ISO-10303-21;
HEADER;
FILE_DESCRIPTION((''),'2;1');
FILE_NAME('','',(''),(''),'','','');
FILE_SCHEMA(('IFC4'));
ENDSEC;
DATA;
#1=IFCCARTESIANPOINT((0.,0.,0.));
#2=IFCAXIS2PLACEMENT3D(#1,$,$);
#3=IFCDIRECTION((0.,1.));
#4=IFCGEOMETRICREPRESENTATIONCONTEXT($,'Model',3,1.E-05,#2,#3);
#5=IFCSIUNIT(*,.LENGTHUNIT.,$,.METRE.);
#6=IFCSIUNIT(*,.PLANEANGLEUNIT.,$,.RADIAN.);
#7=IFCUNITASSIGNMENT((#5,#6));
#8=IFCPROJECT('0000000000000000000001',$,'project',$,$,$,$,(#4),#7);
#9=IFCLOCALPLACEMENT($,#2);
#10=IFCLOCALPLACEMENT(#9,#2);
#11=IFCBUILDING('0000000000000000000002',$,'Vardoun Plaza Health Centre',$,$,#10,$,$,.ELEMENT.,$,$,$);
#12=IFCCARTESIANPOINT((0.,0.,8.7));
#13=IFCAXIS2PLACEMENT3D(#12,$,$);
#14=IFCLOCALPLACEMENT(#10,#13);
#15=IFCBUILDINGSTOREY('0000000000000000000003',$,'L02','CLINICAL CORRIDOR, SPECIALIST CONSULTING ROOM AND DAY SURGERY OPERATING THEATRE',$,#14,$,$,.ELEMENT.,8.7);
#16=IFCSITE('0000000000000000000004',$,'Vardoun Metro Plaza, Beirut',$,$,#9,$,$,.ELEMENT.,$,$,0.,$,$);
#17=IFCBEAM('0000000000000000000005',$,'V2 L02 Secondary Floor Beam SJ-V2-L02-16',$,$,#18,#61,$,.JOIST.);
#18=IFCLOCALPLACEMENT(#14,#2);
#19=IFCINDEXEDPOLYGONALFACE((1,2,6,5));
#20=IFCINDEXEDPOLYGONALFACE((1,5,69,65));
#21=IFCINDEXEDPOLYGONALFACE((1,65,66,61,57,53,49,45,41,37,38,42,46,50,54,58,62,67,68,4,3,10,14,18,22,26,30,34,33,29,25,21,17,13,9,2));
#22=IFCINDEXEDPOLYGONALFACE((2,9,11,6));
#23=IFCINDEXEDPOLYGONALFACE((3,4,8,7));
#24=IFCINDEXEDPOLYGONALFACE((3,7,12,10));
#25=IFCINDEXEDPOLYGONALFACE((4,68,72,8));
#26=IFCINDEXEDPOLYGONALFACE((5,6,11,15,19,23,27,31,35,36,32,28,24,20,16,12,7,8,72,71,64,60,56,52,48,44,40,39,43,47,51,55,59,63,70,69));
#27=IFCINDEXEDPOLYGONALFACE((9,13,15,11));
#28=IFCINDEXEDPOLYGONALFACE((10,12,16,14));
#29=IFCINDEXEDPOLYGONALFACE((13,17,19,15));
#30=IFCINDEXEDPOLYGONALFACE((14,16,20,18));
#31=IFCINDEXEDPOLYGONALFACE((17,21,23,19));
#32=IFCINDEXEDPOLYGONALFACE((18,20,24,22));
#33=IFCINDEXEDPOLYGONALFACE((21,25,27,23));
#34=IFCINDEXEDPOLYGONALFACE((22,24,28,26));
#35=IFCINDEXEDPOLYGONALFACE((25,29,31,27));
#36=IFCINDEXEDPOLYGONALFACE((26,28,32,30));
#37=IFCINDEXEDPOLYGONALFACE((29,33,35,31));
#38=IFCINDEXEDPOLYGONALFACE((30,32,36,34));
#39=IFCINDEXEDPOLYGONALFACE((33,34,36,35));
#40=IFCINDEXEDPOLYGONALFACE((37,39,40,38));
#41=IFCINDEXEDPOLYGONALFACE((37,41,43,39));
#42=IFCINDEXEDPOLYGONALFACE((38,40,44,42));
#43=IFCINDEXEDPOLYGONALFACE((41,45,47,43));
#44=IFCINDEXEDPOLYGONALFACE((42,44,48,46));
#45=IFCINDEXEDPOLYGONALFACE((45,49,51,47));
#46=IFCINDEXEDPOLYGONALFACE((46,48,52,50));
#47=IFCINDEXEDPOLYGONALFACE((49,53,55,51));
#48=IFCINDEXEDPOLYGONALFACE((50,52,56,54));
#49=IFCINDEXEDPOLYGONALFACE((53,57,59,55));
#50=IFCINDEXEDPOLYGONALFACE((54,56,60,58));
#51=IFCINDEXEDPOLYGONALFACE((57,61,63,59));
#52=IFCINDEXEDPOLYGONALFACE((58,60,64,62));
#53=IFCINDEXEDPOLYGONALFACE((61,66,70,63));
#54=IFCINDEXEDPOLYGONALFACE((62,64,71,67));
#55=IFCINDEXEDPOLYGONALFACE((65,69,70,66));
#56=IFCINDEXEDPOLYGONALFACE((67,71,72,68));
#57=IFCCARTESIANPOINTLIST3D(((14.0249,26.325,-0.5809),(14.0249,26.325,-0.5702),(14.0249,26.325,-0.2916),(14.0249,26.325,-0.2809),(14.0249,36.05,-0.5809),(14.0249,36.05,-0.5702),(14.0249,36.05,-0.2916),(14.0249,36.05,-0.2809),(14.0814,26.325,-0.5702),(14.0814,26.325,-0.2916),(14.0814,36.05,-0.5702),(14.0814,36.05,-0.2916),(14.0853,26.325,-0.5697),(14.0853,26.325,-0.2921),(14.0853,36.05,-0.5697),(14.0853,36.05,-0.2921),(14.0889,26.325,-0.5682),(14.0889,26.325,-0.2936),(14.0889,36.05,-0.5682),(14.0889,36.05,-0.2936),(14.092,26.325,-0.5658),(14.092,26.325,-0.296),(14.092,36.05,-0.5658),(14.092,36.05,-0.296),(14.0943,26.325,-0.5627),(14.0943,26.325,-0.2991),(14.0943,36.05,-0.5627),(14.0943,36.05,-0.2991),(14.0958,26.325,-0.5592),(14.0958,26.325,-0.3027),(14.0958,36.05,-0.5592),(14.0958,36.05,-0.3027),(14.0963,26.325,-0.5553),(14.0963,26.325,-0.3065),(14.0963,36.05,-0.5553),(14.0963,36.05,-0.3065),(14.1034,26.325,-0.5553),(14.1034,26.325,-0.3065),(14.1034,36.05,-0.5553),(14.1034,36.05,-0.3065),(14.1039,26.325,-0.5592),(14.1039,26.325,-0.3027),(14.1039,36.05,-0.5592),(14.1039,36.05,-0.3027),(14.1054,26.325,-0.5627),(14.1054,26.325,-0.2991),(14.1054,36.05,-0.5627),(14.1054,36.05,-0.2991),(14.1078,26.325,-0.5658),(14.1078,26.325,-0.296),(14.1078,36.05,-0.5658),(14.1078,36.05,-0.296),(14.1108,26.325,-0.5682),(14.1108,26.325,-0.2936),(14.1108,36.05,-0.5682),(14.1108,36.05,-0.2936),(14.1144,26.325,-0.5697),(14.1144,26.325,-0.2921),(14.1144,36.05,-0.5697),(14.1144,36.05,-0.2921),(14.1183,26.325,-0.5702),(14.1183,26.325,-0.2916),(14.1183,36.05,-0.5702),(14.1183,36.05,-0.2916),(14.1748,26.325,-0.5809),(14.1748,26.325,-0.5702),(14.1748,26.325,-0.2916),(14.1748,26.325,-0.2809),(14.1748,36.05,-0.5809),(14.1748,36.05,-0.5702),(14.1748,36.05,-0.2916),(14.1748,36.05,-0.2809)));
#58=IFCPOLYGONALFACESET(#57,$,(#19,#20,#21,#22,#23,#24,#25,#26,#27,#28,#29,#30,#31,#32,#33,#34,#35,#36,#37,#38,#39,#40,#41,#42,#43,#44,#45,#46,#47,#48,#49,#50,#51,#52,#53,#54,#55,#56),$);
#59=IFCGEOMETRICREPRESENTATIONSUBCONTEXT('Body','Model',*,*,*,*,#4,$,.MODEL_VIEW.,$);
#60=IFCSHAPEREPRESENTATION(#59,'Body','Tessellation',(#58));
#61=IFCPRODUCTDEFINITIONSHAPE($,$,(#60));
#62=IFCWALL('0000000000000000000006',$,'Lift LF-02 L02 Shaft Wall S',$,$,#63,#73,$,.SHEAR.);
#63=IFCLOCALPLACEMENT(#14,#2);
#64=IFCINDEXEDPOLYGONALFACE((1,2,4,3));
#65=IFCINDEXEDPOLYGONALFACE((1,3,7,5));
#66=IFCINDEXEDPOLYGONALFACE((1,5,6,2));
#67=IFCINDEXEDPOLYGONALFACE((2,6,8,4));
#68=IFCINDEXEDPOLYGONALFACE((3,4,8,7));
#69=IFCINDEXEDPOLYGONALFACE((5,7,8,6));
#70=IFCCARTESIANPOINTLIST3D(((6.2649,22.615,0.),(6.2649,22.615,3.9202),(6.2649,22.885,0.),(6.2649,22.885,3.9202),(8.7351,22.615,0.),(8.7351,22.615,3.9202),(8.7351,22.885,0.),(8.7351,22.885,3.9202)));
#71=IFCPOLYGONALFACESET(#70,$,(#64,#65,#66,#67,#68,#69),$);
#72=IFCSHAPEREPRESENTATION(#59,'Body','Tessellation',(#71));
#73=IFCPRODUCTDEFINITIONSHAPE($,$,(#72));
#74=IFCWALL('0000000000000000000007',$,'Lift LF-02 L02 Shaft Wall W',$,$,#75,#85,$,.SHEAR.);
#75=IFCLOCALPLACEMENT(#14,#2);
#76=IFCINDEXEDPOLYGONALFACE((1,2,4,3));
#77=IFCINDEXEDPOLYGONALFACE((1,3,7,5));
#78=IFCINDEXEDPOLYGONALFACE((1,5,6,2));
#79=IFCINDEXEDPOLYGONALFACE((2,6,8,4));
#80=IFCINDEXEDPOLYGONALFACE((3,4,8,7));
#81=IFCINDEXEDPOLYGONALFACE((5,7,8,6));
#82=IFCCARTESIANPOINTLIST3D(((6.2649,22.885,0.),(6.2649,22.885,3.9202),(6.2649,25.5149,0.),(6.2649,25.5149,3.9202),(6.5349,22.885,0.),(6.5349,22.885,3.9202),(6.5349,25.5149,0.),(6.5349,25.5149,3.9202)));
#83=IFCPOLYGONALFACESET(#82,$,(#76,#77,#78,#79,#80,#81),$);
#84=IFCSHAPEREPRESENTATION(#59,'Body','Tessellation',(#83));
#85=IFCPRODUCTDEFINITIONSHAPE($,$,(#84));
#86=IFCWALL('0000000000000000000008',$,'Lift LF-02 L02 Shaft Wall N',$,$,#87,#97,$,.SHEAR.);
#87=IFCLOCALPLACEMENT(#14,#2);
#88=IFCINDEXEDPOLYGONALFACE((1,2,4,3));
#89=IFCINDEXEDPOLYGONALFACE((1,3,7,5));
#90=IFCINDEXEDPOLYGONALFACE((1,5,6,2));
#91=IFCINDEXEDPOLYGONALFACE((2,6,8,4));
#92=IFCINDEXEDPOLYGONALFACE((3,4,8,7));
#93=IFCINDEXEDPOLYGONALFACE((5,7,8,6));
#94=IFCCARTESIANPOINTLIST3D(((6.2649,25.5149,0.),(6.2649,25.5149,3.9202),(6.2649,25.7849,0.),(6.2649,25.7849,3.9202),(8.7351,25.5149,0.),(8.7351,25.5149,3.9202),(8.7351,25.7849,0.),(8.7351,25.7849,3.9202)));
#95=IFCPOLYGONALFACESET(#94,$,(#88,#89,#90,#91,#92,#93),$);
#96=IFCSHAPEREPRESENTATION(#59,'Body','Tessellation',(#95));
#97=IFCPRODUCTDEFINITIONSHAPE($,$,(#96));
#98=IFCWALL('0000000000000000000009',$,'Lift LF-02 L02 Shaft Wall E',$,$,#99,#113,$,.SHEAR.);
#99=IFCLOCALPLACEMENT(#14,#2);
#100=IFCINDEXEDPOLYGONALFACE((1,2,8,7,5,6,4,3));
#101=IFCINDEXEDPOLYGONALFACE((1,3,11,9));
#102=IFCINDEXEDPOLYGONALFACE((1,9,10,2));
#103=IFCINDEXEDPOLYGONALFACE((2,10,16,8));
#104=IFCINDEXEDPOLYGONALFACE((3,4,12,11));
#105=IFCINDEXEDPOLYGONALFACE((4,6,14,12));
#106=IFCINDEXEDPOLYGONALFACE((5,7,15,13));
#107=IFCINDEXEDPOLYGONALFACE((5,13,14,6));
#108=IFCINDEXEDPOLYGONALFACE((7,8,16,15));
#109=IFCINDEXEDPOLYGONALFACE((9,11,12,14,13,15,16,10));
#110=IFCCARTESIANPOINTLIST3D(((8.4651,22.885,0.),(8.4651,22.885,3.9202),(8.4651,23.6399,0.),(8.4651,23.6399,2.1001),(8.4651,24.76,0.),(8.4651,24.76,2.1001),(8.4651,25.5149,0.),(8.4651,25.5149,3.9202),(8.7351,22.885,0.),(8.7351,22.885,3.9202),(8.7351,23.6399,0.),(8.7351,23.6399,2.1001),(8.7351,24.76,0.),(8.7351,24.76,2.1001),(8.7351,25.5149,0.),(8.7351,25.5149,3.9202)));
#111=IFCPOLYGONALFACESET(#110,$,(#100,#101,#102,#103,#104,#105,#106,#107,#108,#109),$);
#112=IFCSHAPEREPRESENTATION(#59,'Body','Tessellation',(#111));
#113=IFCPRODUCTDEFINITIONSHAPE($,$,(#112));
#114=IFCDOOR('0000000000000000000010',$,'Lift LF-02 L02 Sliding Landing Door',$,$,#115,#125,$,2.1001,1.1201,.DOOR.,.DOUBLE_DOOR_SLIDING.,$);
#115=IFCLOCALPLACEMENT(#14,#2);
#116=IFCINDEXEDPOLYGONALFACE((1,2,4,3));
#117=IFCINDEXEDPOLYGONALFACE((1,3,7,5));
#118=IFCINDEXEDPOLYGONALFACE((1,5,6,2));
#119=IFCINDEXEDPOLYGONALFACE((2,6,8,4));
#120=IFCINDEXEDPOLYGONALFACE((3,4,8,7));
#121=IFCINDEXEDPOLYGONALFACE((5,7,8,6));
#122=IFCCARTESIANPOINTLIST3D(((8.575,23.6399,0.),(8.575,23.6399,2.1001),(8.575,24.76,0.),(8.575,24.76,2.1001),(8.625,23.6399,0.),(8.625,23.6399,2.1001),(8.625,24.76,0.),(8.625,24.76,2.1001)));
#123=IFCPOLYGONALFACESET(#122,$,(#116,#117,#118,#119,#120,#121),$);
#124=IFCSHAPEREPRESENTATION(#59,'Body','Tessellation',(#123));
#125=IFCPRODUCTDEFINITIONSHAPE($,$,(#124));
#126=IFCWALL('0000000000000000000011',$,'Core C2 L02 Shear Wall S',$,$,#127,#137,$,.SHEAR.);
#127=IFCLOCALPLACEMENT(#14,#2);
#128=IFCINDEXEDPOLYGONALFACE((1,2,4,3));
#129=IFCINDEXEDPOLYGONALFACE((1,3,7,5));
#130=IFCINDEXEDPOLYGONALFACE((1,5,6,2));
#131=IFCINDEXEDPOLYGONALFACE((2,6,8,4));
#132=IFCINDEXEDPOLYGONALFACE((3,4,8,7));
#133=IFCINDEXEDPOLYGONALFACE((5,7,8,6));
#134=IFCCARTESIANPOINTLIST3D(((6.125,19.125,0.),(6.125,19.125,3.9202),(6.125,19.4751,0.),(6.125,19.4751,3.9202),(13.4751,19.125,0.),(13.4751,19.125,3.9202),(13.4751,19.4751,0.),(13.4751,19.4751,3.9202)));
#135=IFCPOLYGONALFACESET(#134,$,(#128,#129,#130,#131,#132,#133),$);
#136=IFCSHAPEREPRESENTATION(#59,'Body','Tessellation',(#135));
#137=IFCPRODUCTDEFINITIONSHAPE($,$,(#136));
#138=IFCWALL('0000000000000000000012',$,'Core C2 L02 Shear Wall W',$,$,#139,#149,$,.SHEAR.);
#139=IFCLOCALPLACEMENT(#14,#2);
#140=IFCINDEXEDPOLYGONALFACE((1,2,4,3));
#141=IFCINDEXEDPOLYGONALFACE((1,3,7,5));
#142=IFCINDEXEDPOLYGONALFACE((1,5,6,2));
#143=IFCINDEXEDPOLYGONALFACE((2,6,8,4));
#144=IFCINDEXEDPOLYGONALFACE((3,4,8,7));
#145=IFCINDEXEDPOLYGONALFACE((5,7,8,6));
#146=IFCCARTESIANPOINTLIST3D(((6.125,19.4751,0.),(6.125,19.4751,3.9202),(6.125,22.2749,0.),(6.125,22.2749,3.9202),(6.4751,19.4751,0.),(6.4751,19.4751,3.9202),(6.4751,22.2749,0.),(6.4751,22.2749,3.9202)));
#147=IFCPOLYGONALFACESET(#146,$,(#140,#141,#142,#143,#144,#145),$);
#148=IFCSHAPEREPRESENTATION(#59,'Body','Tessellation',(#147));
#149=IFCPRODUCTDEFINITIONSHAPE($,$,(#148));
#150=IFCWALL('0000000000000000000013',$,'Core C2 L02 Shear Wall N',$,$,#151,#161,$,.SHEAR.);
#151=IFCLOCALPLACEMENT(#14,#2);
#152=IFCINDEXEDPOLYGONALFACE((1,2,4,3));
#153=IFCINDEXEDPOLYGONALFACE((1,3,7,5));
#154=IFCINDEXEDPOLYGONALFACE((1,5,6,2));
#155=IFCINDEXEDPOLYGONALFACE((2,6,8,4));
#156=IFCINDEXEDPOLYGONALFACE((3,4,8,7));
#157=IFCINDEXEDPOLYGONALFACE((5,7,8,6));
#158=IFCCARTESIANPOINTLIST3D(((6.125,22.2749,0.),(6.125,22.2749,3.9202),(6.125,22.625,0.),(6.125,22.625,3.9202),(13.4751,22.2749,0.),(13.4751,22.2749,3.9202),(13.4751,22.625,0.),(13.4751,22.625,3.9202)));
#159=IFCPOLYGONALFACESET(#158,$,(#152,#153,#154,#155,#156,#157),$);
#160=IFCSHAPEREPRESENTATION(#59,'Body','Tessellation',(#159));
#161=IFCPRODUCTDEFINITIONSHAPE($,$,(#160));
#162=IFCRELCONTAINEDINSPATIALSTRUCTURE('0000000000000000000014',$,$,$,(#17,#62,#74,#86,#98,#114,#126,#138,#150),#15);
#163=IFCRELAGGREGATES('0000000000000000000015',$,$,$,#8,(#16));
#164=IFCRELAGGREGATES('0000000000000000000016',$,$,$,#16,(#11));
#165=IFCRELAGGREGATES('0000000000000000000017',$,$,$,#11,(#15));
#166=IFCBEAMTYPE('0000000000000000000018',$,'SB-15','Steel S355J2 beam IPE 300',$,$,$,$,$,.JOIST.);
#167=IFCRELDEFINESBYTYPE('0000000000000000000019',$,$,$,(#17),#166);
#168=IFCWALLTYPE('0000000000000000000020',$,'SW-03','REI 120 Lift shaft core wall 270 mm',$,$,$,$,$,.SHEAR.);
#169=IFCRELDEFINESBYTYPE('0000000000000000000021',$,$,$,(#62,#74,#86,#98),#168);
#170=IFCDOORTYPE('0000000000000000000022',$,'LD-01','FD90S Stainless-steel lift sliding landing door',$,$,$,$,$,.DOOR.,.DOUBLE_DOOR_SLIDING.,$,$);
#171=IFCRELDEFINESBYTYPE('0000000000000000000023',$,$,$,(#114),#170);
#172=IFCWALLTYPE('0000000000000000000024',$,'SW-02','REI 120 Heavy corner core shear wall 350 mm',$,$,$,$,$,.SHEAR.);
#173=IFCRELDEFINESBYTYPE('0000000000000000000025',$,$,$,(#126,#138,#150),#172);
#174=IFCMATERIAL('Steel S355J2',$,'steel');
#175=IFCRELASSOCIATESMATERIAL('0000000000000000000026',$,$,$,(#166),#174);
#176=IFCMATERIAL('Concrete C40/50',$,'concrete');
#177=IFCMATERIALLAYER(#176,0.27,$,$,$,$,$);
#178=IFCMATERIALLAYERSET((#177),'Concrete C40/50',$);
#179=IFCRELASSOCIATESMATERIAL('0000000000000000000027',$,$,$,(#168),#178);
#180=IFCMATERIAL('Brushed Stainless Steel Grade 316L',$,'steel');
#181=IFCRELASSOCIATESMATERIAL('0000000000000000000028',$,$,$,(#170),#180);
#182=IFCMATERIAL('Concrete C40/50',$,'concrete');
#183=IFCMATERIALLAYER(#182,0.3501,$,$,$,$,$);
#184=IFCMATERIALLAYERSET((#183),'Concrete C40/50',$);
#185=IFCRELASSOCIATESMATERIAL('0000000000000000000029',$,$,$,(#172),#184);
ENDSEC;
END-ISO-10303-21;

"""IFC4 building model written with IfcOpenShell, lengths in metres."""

from ifc_helpers import new_model, si_unit, direction, frame, frame_2d, origin, origin_2d, place, context, subcontext, project, spatial, rectangle, i_section, extrude, material, layer, layer_set, material_profile, profile_set, type_object, element, fill, save


model = new_model("IFC4")

# Units and contexts
model_context = context("Model", 3, precision=1e-05, world=origin(), true_north=direction((0.0, 1.0)))
body_context = subcontext(model_context, "Body", "Model", "MODEL_VIEW")
ifc_project = project(units=[si_unit("LENGTHUNIT", "METRE"), si_unit("PLANEANGLEUNIT", "RADIAN")], contexts=[model_context])

# Site, building, storey
site_placement = place(None, origin())
site = spatial("IfcSite", under=ifc_project, at=site_placement, Name="Vardoun Metro Plaza, Beirut", CompositionType="ELEMENT", RefElevation=0.0)
building_placement = place(site_placement, origin())
building = spatial("IfcBuilding", under=site, at=building_placement, Name="Vardoun Plaza Health Centre", CompositionType="ELEMENT")
storey_placement = place(building_placement, frame((0.0, 0.0, 8.7)))
storey = spatial("IfcBuildingStorey", under=building, at=storey_placement, Name="L02", Description="CLINICAL CORRIDOR, SPECIALIST CONSULTING ROOM AND DAY SURGERY OPERATING THEATRE", CompositionType="ELEMENT", Elevation=8.7)

# Beam
ifc_material_1 = material(Name="Steel S355J2", Category="steel")
ifc_material_profile_1 = material_profile(ifc_material_1, i_section(OverallWidth=0.1499, OverallDepth=0.3, WebThickness=0.0071, FlangeThickness=0.0107, FilletRadius=0.0149, at=origin_2d()), Name="IPE 300")
ifc_profile_set_1 = profile_set([ifc_material_profile_1], Name="Steel S355J2")
beam_type_1 = type_object("IfcBeamType", Name="SB-15", Description="Steel S355J2 beam IPE 300", PredefinedType="JOIST", material=ifc_profile_set_1)
beam_1_placement = place(storey_placement, frame((14.0999, 26.325, -0.4309), z_axis=(0.0, 1.0, 0.0), x_axis=(-1.0, 0.0, 0.0)))
element("IfcBeam", 1, at=beam_1_placement, inside=storey, type_object=beam_type_1, Name="V2 L02 Secondary Floor Beam SJ-V2-L02-16", PredefinedType="JOIST", context=body_context, shape_type="SweptSolid", body=[
    extrude(i_section(OverallWidth=0.1499, OverallDepth=0.3, WebThickness=0.0071, FlangeThickness=0.0107, FilletRadius=0.0149, at=origin_2d()), origin(), (0.0, 0.0, 1.0), 9.7251),
])

# Walls
ifc_material_2 = material(Name="Concrete C40/50", Category="concrete")
ifc_layer_1 = layer(ifc_material_2, 0.27)
ifc_layer_set_1 = layer_set([ifc_layer_1], Name="Concrete C40/50")
wall_type_1 = type_object("IfcWallType", Name="SW-03", Description="REI 120 Lift shaft core wall 270 mm", PredefinedType="SHEAR", material=ifc_layer_set_1)
wall_1_placement = place(storey_placement, frame((8.7351, 22.75, 0.0), z_axis=(0.0, 0.0, 1.0), x_axis=(-1.0, 0.0, 0.0)))
element("IfcWall", 2, at=wall_1_placement, inside=storey, type_object=wall_type_1, Name="Lift LF-02 L02 Shaft Wall S", PredefinedType="SHEAR", context=body_context, shape_type="SweptSolid", body=[
    extrude(rectangle(XDim=2.4702, YDim=0.27, at=frame_2d((1.2351, 0.0))), origin(), (0.0, 0.0, 1.0), 3.9202),
])
wall_2_placement = place(storey_placement, frame((6.3999, 22.885, 0.0), z_axis=(0.0, 0.0, 1.0), x_axis=(0.0, 1.0, 0.0)))
element("IfcWall", 3, at=wall_2_placement, inside=storey, type_object=wall_type_1, Name="Lift LF-02 L02 Shaft Wall W", PredefinedType="SHEAR", context=body_context, shape_type="SweptSolid", body=[
    extrude(rectangle(XDim=2.6299, YDim=0.27, at=frame_2d((1.3149, 0.0))), origin(), (0.0, 0.0, 1.0), 3.9202),
])
wall_3_placement = place(storey_placement, frame((6.2649, 25.6499, 0.0), z_axis=(0.0, 0.0, 1.0), x_axis=(1.0, 0.0, 0.0)))
element("IfcWall", 4, at=wall_3_placement, inside=storey, type_object=wall_type_1, Name="Lift LF-02 L02 Shaft Wall N", PredefinedType="SHEAR", context=body_context, shape_type="SweptSolid", body=[
    extrude(rectangle(XDim=2.4702, YDim=0.27, at=frame_2d((1.2351, 0.0))), origin(), (0.0, 0.0, 1.0), 3.9202),
])

# Wall, opening, door
wall_4_placement = place(storey_placement, frame((8.6001, 25.5149, 0.0), z_axis=(0.0, 0.0, 1.0), x_axis=(0.0, -1.0, 0.0)))
wall_4 = element("IfcWall", 5, at=wall_4_placement, inside=storey, type_object=wall_type_1, Name="Lift LF-02 L02 Shaft Wall E", PredefinedType="SHEAR", context=body_context, shape_type="SweptSolid", body=[
    extrude(rectangle(XDim=2.6299, YDim=0.27, at=frame_2d((1.3149, 0.0))), origin(), (0.0, 0.0, 1.0), 3.9202),
])
opening_1_placement = place(wall_4_placement, frame((0.7549, 0.0, 0.0)))
opening_1 = element("IfcOpeningElement", 6, at=opening_1_placement, cuts=wall_4, PredefinedType="OPENING", context=body_context, shape_type="SweptSolid", body=[
    extrude(rectangle(XDim=1.1201, YDim=2.1001, at=frame_2d((0.5601, 1.05))), frame((0.0, 0.135, 0.0), z_axis=(0.0, -1.0, 0.0), x_axis=(1.0, 0.0, 0.0)), (0.0, 0.0, 1.0), 0.27),
])
ifc_material_3 = material(Name="Brushed Stainless Steel Grade 316L", Category="steel")
door_type_1 = type_object("IfcDoorType", Name="LD-01", Description="FD90S Stainless-steel lift sliding landing door", OperationType="DOUBLE_DOOR_SLIDING", PredefinedType="DOOR", material=ifc_material_3)
door_1_placement = place(opening_1_placement, origin())
door_1 = element("IfcDoor", 7, at=door_1_placement, inside=storey, type_object=door_type_1, Name="Lift LF-02 L02 Sliding Landing Door", OperationType="DOUBLE_DOOR_SLIDING", OverallHeight=2.1001, OverallWidth=1.1201, PredefinedType="DOOR", context=body_context, shape_type="SweptSolid", body=[
    extrude(rectangle(XDim=1.1201, YDim=2.1001, at=frame_2d((0.5601, 1.05))), frame((0.0, 0.0249, 0.0), z_axis=(0.0, -1.0, 0.0), x_axis=(1.0, 0.0, 0.0)), (0.0, 0.0, 1.0), 0.05),
])
fill(opening_1, door_1)

# Walls
ifc_material_4 = material(Name="Concrete C40/50", Category="concrete")
ifc_layer_2 = layer(ifc_material_4, 0.3501)
ifc_layer_set_2 = layer_set([ifc_layer_2], Name="Concrete C40/50")
wall_type_2 = type_object("IfcWallType", Name="SW-02", Description="REI 120 Heavy corner core shear wall 350 mm", PredefinedType="SHEAR", material=ifc_layer_set_2)
wall_5_placement = place(storey_placement, frame((13.4751, 19.3, 0.0), z_axis=(0.0, 0.0, 1.0), x_axis=(-1.0, 0.0, 0.0)))
element("IfcWall", 8, at=wall_5_placement, inside=storey, type_object=wall_type_2, Name="Core C2 L02 Shear Wall S", PredefinedType="SHEAR", context=body_context, shape_type="SweptSolid", body=[
    extrude(rectangle(XDim=7.3501, YDim=0.3501, at=frame_2d((3.675, 0.0))), origin(), (0.0, 0.0, 1.0), 3.9202),
])
wall_6_placement = place(storey_placement, frame((6.3, 19.4751, 0.0), z_axis=(0.0, 0.0, 1.0), x_axis=(0.0, 1.0, 0.0)))
element("IfcWall", 9, at=wall_6_placement, inside=storey, type_object=wall_type_2, Name="Core C2 L02 Shear Wall W", PredefinedType="SHEAR", context=body_context, shape_type="SweptSolid", body=[
    extrude(rectangle(XDim=2.7998, YDim=0.3501, at=frame_2d((1.3999, 0.0))), origin(), (0.0, 0.0, 1.0), 3.9202),
])
wall_7_placement = place(storey_placement, frame((6.125, 22.45, 0.0), z_axis=(0.0, 0.0, 1.0), x_axis=(1.0, 0.0, 0.0)))
element("IfcWall", 10, at=wall_7_placement, inside=storey, type_object=wall_type_2, Name="Core C2 L02 Shear Wall N", PredefinedType="SHEAR", context=body_context, shape_type="SweptSolid", body=[
    extrude(rectangle(XDim=7.3501, YDim=0.3501, at=frame_2d((3.675, 0.0))), origin(), (0.0, 0.0, 1.0), 3.9202),
])

save(model, "model.ifc")
